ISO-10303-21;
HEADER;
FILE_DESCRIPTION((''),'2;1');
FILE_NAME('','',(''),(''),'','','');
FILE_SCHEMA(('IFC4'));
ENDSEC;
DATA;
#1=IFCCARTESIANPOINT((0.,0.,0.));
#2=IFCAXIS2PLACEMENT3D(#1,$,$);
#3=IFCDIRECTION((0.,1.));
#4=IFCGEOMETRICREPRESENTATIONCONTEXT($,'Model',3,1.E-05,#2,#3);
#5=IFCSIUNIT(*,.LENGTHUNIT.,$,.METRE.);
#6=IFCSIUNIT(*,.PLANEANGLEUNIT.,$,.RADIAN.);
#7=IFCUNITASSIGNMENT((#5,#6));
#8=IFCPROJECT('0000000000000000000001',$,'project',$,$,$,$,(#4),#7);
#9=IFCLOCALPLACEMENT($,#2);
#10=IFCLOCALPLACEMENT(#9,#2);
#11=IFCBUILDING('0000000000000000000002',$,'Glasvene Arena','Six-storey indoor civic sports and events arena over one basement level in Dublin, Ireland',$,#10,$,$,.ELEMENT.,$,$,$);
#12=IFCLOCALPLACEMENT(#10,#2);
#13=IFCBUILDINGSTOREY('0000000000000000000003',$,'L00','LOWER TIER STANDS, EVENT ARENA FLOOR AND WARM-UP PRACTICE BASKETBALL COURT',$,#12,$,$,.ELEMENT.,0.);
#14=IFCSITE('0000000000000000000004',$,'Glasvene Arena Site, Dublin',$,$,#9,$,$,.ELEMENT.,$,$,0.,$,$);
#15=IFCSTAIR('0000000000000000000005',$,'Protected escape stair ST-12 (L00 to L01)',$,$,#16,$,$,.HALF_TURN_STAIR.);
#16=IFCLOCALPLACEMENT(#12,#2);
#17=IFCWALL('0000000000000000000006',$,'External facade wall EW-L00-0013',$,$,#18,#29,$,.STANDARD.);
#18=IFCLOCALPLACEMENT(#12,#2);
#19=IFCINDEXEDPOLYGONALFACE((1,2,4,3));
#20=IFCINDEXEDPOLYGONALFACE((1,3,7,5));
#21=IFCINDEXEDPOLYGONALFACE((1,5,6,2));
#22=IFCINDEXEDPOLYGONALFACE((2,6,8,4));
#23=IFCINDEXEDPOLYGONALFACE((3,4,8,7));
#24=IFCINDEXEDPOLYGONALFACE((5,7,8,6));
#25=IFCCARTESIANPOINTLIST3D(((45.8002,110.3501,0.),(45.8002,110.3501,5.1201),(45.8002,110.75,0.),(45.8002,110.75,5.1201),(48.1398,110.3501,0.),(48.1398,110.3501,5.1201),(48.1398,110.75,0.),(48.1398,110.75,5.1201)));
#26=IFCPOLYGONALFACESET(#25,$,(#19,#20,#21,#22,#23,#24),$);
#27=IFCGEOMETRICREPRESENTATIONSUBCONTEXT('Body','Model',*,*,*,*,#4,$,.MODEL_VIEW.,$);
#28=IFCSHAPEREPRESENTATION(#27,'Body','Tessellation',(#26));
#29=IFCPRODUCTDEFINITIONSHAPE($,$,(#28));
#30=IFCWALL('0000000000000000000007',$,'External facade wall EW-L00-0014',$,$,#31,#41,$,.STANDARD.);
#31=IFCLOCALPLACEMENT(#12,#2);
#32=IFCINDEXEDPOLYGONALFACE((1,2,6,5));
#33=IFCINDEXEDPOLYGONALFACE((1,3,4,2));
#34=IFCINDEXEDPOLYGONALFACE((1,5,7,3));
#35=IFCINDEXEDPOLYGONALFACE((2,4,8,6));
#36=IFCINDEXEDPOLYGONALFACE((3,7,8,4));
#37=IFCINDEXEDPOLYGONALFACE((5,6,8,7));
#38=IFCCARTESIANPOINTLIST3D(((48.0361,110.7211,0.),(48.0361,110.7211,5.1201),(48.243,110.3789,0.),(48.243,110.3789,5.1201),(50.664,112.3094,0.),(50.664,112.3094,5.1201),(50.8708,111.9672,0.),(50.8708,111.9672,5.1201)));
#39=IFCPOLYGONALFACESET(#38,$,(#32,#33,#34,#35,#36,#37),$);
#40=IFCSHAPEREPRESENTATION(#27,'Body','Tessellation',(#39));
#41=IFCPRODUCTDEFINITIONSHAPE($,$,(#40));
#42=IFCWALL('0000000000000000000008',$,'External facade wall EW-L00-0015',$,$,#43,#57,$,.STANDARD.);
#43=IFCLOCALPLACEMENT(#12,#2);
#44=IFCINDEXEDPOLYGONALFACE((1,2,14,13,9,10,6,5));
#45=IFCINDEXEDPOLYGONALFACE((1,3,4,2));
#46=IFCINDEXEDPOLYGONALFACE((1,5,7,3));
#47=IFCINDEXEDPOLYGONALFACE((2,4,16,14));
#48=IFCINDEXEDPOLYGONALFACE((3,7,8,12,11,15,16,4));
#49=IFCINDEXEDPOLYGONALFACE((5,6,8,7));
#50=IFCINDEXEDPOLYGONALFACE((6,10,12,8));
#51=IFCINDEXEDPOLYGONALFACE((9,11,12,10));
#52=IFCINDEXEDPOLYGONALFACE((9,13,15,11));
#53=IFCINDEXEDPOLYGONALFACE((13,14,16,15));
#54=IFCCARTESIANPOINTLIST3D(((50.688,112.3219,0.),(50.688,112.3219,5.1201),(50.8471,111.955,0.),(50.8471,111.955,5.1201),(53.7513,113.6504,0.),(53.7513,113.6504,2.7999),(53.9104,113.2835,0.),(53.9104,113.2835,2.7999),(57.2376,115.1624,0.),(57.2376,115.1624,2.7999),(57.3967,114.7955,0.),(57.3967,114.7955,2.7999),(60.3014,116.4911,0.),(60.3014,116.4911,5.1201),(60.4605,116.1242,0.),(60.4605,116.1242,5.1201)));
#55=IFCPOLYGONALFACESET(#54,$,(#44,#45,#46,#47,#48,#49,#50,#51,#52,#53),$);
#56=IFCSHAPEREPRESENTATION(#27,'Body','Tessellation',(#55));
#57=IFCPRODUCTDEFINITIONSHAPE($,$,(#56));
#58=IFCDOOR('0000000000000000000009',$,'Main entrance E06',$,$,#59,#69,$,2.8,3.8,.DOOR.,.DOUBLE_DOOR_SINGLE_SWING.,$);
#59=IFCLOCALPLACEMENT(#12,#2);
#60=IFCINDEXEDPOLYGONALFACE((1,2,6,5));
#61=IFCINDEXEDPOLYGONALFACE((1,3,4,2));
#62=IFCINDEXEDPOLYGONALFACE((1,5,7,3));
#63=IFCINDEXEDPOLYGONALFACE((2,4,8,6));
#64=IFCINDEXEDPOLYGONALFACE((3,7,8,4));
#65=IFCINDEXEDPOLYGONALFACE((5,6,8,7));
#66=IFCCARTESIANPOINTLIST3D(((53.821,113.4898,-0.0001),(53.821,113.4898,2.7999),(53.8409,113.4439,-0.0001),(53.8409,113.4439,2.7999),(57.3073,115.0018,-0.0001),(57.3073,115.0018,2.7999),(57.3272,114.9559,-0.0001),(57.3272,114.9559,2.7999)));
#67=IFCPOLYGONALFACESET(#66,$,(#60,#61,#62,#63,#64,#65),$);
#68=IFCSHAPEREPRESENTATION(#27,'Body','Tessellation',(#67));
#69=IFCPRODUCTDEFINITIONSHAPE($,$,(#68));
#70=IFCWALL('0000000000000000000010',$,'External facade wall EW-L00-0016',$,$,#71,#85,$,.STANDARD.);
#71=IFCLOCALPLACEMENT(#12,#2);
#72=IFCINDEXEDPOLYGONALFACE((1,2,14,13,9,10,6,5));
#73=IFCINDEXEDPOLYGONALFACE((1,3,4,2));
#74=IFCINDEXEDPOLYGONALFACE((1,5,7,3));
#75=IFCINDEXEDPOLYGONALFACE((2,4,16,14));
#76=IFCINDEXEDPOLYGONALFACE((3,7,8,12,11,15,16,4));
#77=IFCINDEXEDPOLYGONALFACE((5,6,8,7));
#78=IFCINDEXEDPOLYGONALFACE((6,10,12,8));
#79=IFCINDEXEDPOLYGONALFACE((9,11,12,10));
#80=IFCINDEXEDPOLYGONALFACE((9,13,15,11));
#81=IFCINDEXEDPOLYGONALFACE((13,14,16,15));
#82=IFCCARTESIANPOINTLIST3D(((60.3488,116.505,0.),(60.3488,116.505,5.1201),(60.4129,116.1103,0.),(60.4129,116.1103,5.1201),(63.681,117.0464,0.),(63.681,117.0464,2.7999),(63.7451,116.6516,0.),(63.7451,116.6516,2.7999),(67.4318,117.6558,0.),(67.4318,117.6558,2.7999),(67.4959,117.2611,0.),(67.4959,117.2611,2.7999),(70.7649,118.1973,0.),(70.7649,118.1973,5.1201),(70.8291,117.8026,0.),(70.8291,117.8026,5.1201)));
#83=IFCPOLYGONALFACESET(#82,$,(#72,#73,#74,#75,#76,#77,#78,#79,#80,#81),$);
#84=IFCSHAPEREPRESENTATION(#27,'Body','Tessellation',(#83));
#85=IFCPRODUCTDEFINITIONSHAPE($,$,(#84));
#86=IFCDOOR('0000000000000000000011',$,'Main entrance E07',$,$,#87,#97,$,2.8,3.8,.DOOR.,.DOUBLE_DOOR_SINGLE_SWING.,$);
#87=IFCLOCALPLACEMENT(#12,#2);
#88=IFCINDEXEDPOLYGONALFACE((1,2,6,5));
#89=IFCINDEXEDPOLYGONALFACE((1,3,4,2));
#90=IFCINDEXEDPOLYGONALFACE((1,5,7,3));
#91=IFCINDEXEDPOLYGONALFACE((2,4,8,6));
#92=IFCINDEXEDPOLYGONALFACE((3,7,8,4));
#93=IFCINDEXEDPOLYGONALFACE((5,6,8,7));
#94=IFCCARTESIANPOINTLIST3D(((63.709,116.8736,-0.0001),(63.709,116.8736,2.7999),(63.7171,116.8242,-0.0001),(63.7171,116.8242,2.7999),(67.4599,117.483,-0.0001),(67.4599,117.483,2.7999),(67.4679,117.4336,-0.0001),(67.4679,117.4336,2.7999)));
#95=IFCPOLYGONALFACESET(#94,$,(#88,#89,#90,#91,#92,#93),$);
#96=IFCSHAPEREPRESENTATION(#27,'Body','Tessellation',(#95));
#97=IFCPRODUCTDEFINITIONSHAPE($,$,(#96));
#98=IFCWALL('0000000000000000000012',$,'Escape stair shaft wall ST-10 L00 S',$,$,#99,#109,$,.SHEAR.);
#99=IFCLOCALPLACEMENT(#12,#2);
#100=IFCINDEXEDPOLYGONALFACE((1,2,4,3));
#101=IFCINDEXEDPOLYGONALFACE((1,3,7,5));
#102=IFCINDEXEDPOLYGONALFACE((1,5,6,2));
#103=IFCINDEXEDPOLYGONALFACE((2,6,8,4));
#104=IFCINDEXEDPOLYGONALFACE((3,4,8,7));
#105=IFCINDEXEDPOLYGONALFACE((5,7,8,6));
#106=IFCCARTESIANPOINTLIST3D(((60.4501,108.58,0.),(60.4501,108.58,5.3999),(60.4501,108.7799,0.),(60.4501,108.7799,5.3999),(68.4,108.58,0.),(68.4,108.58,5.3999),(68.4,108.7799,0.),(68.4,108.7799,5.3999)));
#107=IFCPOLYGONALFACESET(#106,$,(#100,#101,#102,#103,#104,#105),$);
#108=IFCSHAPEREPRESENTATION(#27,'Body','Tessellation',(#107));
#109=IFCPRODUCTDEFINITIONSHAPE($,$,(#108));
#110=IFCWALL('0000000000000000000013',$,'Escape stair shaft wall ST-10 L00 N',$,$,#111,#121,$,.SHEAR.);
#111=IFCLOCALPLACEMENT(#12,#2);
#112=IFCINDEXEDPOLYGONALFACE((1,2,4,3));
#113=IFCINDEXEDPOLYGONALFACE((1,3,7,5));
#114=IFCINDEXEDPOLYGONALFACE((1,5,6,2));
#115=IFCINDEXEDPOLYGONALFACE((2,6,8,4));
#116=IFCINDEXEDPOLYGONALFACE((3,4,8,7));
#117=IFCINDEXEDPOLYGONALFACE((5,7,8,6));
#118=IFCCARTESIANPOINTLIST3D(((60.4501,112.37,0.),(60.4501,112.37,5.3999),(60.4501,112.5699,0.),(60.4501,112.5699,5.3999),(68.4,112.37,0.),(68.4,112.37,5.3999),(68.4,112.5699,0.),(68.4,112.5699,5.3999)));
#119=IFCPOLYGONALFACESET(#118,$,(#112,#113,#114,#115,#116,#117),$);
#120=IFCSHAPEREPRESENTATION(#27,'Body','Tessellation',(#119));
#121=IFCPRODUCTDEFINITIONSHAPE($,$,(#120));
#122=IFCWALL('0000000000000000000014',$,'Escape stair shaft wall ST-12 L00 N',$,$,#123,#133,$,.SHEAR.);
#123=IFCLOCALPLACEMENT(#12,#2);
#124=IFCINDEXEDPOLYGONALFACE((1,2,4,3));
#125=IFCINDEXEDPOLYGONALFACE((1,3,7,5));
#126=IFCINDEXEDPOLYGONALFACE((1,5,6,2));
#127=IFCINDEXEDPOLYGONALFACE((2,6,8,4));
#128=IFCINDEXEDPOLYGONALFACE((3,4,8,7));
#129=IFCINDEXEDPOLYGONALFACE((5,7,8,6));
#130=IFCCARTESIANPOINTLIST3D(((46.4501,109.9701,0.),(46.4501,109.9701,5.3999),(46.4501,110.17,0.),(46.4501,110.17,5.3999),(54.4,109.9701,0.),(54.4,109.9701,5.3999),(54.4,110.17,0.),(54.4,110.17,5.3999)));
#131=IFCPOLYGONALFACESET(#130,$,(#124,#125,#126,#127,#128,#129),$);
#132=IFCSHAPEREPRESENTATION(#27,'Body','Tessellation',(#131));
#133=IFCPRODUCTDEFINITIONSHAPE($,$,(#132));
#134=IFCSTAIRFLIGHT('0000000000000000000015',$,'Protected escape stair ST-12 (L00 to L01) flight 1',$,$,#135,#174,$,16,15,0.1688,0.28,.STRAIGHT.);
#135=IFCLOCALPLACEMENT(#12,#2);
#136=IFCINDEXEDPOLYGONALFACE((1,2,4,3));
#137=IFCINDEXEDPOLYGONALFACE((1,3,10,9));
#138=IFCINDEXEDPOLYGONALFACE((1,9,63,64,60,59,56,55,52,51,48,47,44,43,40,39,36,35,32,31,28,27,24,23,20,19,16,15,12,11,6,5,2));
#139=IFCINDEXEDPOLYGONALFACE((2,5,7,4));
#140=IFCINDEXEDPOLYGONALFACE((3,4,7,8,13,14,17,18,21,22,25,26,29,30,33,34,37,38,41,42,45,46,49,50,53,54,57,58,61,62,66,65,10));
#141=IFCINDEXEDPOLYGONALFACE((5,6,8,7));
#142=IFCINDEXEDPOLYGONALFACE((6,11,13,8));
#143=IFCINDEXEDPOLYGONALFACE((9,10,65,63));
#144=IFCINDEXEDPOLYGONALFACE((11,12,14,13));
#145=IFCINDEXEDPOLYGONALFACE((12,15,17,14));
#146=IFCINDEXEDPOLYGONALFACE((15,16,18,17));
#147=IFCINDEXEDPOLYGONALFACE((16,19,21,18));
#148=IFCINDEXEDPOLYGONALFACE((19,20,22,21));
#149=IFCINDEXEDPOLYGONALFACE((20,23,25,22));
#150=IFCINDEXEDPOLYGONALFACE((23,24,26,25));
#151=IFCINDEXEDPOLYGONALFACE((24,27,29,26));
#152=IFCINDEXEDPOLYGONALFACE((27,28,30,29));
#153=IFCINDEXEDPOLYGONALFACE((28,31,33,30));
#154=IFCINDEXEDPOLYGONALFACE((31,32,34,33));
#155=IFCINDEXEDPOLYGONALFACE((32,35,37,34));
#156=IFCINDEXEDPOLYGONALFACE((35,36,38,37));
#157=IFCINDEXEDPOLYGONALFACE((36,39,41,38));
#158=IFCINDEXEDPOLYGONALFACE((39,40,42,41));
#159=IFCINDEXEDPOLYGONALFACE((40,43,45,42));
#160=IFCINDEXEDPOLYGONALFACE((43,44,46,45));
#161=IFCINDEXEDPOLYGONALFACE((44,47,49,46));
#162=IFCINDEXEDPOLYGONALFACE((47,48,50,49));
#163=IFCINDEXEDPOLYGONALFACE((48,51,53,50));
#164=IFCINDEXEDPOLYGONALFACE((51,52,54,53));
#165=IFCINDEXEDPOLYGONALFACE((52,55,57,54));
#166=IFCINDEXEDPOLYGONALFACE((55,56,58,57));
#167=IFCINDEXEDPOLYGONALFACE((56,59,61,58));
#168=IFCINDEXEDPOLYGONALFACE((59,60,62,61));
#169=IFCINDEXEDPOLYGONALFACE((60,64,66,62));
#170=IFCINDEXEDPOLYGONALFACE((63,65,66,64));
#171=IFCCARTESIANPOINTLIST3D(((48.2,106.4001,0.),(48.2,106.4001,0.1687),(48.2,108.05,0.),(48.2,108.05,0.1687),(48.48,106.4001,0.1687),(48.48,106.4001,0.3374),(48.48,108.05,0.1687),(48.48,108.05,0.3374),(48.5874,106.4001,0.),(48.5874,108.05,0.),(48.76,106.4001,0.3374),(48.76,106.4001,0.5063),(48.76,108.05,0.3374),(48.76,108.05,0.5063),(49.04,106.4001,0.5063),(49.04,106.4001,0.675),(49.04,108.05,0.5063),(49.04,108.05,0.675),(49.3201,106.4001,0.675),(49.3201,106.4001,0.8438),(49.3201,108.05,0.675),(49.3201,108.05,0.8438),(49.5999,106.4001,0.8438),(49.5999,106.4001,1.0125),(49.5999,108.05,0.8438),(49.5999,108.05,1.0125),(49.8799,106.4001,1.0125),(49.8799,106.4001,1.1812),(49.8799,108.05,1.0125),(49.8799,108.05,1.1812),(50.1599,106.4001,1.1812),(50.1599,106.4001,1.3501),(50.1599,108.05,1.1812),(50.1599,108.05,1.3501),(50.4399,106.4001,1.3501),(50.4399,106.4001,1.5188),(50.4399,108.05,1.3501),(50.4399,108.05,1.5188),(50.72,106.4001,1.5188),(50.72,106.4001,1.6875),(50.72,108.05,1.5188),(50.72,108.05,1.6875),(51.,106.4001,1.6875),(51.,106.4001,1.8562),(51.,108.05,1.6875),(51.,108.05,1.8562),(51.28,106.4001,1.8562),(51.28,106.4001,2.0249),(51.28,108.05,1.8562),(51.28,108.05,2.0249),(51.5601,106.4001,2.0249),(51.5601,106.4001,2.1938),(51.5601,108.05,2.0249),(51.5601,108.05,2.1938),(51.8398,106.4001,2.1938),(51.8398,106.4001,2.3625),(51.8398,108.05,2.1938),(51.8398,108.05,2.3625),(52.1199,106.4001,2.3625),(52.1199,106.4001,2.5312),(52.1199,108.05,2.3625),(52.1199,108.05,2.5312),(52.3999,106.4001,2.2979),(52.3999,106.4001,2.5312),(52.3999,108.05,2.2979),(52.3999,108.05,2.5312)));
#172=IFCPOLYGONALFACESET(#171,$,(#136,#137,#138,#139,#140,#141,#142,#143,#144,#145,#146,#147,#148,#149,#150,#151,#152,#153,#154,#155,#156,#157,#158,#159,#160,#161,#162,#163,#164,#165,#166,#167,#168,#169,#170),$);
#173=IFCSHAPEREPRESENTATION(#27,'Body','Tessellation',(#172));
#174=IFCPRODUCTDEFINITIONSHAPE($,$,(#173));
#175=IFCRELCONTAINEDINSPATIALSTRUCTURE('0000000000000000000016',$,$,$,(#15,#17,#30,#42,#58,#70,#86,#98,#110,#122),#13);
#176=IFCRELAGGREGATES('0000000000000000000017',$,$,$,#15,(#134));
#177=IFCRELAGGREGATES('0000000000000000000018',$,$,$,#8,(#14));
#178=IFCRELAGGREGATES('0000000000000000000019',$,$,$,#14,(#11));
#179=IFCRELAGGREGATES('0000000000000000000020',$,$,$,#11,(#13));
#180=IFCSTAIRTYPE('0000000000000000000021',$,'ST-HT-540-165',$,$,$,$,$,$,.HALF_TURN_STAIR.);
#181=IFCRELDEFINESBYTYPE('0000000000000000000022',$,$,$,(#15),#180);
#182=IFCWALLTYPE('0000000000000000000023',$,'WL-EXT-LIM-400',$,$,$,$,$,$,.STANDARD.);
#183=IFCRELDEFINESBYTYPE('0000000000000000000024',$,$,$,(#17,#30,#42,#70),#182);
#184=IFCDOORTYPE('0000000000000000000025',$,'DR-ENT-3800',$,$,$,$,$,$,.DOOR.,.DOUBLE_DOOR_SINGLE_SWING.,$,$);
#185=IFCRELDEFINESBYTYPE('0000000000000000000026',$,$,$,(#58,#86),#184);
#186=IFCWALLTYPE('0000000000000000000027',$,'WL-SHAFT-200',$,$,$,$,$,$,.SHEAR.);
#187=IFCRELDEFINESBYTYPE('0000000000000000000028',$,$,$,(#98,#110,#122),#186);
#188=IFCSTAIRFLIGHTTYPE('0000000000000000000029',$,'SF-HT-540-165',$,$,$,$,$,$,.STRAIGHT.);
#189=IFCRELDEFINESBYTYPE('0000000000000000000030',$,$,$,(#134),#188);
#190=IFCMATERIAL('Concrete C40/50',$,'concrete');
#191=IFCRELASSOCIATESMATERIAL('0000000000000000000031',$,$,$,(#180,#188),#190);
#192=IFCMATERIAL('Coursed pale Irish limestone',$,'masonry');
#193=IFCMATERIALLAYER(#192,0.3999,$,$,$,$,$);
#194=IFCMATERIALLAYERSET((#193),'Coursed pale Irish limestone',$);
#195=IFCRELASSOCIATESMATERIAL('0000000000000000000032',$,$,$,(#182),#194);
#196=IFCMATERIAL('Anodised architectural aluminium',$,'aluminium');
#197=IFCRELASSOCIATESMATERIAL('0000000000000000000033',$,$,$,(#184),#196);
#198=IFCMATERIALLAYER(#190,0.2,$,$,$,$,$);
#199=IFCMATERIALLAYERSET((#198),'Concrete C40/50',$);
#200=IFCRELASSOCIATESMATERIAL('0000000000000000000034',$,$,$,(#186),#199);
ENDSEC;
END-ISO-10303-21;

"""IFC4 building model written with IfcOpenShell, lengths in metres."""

from ifc_helpers import new_model, si_unit, direction, frame, frame_2d, origin, place, context, subcontext, project, spatial, polyline, rectangle, outline, extrude, material, layer, layer_set, type_object, element, fill, aggregate, save


model = new_model("IFC4")

# Units and contexts
model_context = context("Model", 3, precision=1e-05, world=origin(), true_north=direction((0.0, 1.0)))
body_context = subcontext(model_context, "Body", "Model", "MODEL_VIEW")
ifc_project = project(units=[si_unit("LENGTHUNIT", "METRE"), si_unit("PLANEANGLEUNIT", "RADIAN")], contexts=[model_context])

# Site, building, storey
site_placement = place(None, origin())
site = spatial("IfcSite", under=ifc_project, at=site_placement, Name="Glasvene Arena Site, Dublin", CompositionType="ELEMENT", RefElevation=0.0)
building_placement = place(site_placement, origin())
building = spatial("IfcBuilding", under=site, at=building_placement, Name="Glasvene Arena", Description="Six-storey indoor civic sports and events arena over one basement level in Dublin, Ireland", CompositionType="ELEMENT")
storey_placement = place(building_placement, origin())
storey = spatial("IfcBuildingStorey", under=building, at=storey_placement, Name="L00", Description="LOWER TIER STANDS, EVENT ARENA FLOOR AND WARM-UP PRACTICE BASKETBALL COURT", CompositionType="ELEMENT", Elevation=0.0)

# Shared definitions
ifc_material_1 = material(Name="Concrete C40/50", Category="concrete")

# Stair
stair_type = type_object("IfcStairType", Name="ST-HT-540-165", PredefinedType="HALF_TURN_STAIR", material=ifc_material_1)
stair_placement = place(storey_placement, origin())
stair = element("IfcStair", 1, at=stair_placement, inside=storey, type_object=stair_type, Name="Protected escape stair ST-12 (L00 to L01)", PredefinedType="HALF_TURN_STAIR")

# Shared definitions
ifc_material_2 = material(Name="Coursed pale Irish limestone", Category="masonry")
ifc_layer_1 = layer(ifc_material_2, 0.3999)
ifc_layer_set_1 = layer_set([ifc_layer_1], Name="Coursed pale Irish limestone")
wall_type_1 = type_object("IfcWallType", Name="WL-EXT-LIM-400", PredefinedType="STANDARD", material=ifc_layer_set_1)
ifc_material_3 = material(Name="Anodised architectural aluminium", Category="aluminium")
door_type_1 = type_object("IfcDoorType", Name="DR-ENT-3800", OperationType="DOUBLE_DOOR_SINGLE_SWING", PredefinedType="DOOR", material=ifc_material_3)

# Walls
wall_1_placement = place(storey_placement, frame((45.8, 110.55, 0.0), z_axis=(0.0, 0.0, 1.0), x_axis=(1.0, 0.0, 0.0)))
element("IfcWall", 2, at=wall_1_placement, inside=storey, type_object=wall_type_1, Name="External facade wall EW-L00-0013", PredefinedType="STANDARD", context=body_context, shape_type="SweptSolid", body=[
    extrude(rectangle(XDim=2.3396, YDim=0.3999, at=frame_2d((1.1699, 0.0))), origin(), (0.0, 0.0, 1.0), 5.1201),
])
wall_2_placement = place(storey_placement, frame((48.1396, 110.55, 0.0), z_axis=(0.0, 0.0, 1.0), x_axis=(0.855819, 0.517276, 0.0)))
element("IfcWall", 3, at=wall_2_placement, inside=storey, type_object=wall_type_1, Name="External facade wall EW-L00-0014", PredefinedType="STANDARD", context=body_context, shape_type="SweptSolid", body=[
    extrude(rectangle(XDim=3.0706, YDim=0.3999, at=frame_2d((1.5352, 0.0))), origin(), (0.0, 0.0, 1.0), 5.1201),
])

# Walls, openings, doors
wall_3_placement = place(storey_placement, frame((50.7676, 112.1384, 0.0), z_axis=(0.0, 0.0, 1.0), x_axis=(0.917436, 0.397883, 0.0)))
wall_3 = element("IfcWall", 4, at=wall_3_placement, inside=storey, type_object=wall_type_1, Name="External facade wall EW-L00-0015", PredefinedType="STANDARD", context=body_context, shape_type="SweptSolid", body=[
    extrude(rectangle(XDim=10.4785, YDim=0.3999, at=frame_2d((5.2393, 0.0))), origin(), (0.0, 0.0, 1.0), 5.1201),
])
opening_1_placement = place(wall_3_placement, frame((3.3391, 0.0, 0.0)))
opening_1 = element("IfcOpeningElement", 5, at=opening_1_placement, cuts=wall_3, PredefinedType="OPENING", context=body_context, shape_type="SweptSolid", body=[
    extrude(rectangle(XDim=3.8, YDim=2.8, at=frame_2d((1.8999, 1.3999))), frame((0.0, 0.21, 0.0), z_axis=(0.0, -1.0, 0.0), x_axis=(1.0, 0.0, 0.0)), (0.0, 0.0, 1.0), 0.4199),
])
door_1_placement = place(opening_1_placement, origin())
door_1 = element("IfcDoor", 6, at=door_1_placement, inside=storey, type_object=door_type_1, Name="Main entrance E06", OperationType="DOUBLE_DOOR_SINGLE_SWING", OverallHeight=2.8, OverallWidth=3.8, PredefinedType="DOOR", context=body_context, shape_type="SweptSolid", body=[
    extrude(rectangle(XDim=3.8, YDim=2.8, at=frame_2d((1.8999, 1.3999))), frame((0.0, 0.0249, 0.0), z_axis=(0.0, -1.0, 0.0), x_axis=(1.0, 0.0, 0.0)), (0.0, 0.0, 1.0), 0.05),
])
fill(opening_1, door_1)
wall_4_placement = place(storey_placement, frame((60.3809, 116.3076, 0.0), z_axis=(0.0, 0.0, 1.0), x_axis=(0.987057, 0.160372, 0.0)))
wall_4 = element("IfcWall", 7, at=wall_4_placement, inside=storey, type_object=wall_type_1, Name="External facade wall EW-L00-0016", PredefinedType="STANDARD", context=body_context, shape_type="SweptSolid", body=[
    extrude(rectangle(XDim=10.5527, YDim=0.3999, at=frame_2d((5.2764, 0.0))), origin(), (0.0, 0.0, 1.0), 5.1201),
])
opening_2_placement = place(wall_4_placement, frame((3.376, 0.0, 0.0)))
opening_2 = element("IfcOpeningElement", 8, at=opening_2_placement, cuts=wall_4, PredefinedType="OPENING", context=body_context, shape_type="SweptSolid", body=[
    extrude(rectangle(XDim=3.8, YDim=2.8, at=frame_2d((1.8999, 1.3999))), frame((0.0, 0.21, 0.0), z_axis=(0.0, -1.0, 0.0), x_axis=(1.0, 0.0, 0.0)), (0.0, 0.0, 1.0), 0.4199),
])
door_2_placement = place(opening_2_placement, origin())
door_2 = element("IfcDoor", 9, at=door_2_placement, inside=storey, type_object=door_type_1, Name="Main entrance E07", OperationType="DOUBLE_DOOR_SINGLE_SWING", OverallHeight=2.8, OverallWidth=3.8, PredefinedType="DOOR", context=body_context, shape_type="SweptSolid", body=[
    extrude(rectangle(XDim=3.8, YDim=2.8, at=frame_2d((1.8999, 1.3999))), frame((0.0, 0.0249, 0.0), z_axis=(0.0, -1.0, 0.0), x_axis=(1.0, 0.0, 0.0)), (0.0, 0.0, 1.0), 0.05),
])
fill(opening_2, door_2)

# Wall
ifc_layer_2 = layer(ifc_material_1, 0.2)
ifc_layer_set_2 = layer_set([ifc_layer_2], Name="Concrete C40/50")
wall_type_2 = type_object("IfcWallType", Name="WL-SHAFT-200", PredefinedType="SHEAR", material=ifc_layer_set_2)
wall_5_placement = place(storey_placement, frame((60.45, 108.6799, 0.0), z_axis=(0.0, 0.0, 1.0), x_axis=(1.0, 0.0, 0.0)))
element("IfcWall", 10, at=wall_5_placement, inside=storey, type_object=wall_type_2, Name="Escape stair shaft wall ST-10 L00 S", PredefinedType="SHEAR", context=body_context, shape_type="SweptSolid", body=[
    extrude(rectangle(XDim=7.95, YDim=0.2, at=frame_2d((3.9751, 0.0))), origin(), (0.0, 0.0, 1.0), 5.3999),
])

# Walls
for number, where, z_axis, x_axis, name in (
    (11, (60.45, 112.47, 0.0), (0.0, 0.0, 1.0), (1.0, 0.0, 0.0), "Escape stair shaft wall ST-10 L00 N"),
    (12, (46.45, 110.0701, 0.0), (0.0, 0.0, 1.0), (1.0, 0.0, 0.0), "Escape stair shaft wall ST-12 L00 N"),
):
    element("IfcWall", number, at=place(storey_placement, frame(where, z_axis=z_axis, x_axis=x_axis)), inside=storey, type_object=wall_type_2, Name=name, PredefinedType="SHEAR", context=body_context, shape_type="SweptSolid", body=[
        extrude(rectangle(XDim=7.95, YDim=0.2, at=frame_2d((3.9751, 0.0))), origin(), (0.0, 0.0, 1.0), 5.3999),
    ])

# Stair flight
stair_flight_type = type_object("IfcStairFlightType", Name="SF-HT-540-165", PredefinedType="STRAIGHT", material=ifc_material_1)
stair_flight_1_placement = place(storey_placement, frame((48.2, 107.2251, 0.0), z_axis=(0.0, 0.0, 1.0), x_axis=(1.0, 0.0, 0.0)))
stair_flight_1 = element("IfcStairFlight", 13, at=stair_flight_1_placement, type_object=stair_flight_type, Name="Protected escape stair ST-12 (L00 to L01) flight 1", NumberOfRisers=16, NumberOfTreads=15, PredefinedType="STRAIGHT", RiserHeight=0.1688, TreadLength=0.28, context=body_context, shape_type="SweptSolid", body=[
    extrude(outline(polyline([(0.0, 0.0), (0.0, 0.1687), (0.28, 0.1687), (0.28, 0.3374), (0.5601, 0.3374), (0.5601, 0.5063), (0.8401, 0.5063), (0.8401, 0.675), (1.1201, 0.675), (1.1201, 0.8438), (1.3999, 0.8438), (1.3999, 1.0125), (1.6799, 1.0125), (1.6799, 1.1812), (1.96, 1.1812), (1.96, 1.3501), (2.24, 1.3501), (2.24, 1.5188), (2.52, 1.5188), (2.52, 1.6875), (2.8, 1.6875), (2.8, 1.8562), (3.0801, 1.8562), (3.0801, 2.0249), (3.3601, 2.0249), (3.3601, 2.1938), (3.6399, 2.1938), (3.6399, 2.3625), (3.9199, 2.3625), (3.9199, 2.5312), (4.2, 2.5312), (4.2, 2.7), (4.2, 2.2979), (0.3875, 0.0), (0.0, 0.0)])), frame((0.0, 0.825, 0.0), z_axis=(0.0, -1.0, 0.0), x_axis=(1.0, 0.0, 0.0)), (0.0, 0.0, 1.0), 1.6499),
])
aggregate(stair, [stair_flight_1])

save(model, "model.ifc")
